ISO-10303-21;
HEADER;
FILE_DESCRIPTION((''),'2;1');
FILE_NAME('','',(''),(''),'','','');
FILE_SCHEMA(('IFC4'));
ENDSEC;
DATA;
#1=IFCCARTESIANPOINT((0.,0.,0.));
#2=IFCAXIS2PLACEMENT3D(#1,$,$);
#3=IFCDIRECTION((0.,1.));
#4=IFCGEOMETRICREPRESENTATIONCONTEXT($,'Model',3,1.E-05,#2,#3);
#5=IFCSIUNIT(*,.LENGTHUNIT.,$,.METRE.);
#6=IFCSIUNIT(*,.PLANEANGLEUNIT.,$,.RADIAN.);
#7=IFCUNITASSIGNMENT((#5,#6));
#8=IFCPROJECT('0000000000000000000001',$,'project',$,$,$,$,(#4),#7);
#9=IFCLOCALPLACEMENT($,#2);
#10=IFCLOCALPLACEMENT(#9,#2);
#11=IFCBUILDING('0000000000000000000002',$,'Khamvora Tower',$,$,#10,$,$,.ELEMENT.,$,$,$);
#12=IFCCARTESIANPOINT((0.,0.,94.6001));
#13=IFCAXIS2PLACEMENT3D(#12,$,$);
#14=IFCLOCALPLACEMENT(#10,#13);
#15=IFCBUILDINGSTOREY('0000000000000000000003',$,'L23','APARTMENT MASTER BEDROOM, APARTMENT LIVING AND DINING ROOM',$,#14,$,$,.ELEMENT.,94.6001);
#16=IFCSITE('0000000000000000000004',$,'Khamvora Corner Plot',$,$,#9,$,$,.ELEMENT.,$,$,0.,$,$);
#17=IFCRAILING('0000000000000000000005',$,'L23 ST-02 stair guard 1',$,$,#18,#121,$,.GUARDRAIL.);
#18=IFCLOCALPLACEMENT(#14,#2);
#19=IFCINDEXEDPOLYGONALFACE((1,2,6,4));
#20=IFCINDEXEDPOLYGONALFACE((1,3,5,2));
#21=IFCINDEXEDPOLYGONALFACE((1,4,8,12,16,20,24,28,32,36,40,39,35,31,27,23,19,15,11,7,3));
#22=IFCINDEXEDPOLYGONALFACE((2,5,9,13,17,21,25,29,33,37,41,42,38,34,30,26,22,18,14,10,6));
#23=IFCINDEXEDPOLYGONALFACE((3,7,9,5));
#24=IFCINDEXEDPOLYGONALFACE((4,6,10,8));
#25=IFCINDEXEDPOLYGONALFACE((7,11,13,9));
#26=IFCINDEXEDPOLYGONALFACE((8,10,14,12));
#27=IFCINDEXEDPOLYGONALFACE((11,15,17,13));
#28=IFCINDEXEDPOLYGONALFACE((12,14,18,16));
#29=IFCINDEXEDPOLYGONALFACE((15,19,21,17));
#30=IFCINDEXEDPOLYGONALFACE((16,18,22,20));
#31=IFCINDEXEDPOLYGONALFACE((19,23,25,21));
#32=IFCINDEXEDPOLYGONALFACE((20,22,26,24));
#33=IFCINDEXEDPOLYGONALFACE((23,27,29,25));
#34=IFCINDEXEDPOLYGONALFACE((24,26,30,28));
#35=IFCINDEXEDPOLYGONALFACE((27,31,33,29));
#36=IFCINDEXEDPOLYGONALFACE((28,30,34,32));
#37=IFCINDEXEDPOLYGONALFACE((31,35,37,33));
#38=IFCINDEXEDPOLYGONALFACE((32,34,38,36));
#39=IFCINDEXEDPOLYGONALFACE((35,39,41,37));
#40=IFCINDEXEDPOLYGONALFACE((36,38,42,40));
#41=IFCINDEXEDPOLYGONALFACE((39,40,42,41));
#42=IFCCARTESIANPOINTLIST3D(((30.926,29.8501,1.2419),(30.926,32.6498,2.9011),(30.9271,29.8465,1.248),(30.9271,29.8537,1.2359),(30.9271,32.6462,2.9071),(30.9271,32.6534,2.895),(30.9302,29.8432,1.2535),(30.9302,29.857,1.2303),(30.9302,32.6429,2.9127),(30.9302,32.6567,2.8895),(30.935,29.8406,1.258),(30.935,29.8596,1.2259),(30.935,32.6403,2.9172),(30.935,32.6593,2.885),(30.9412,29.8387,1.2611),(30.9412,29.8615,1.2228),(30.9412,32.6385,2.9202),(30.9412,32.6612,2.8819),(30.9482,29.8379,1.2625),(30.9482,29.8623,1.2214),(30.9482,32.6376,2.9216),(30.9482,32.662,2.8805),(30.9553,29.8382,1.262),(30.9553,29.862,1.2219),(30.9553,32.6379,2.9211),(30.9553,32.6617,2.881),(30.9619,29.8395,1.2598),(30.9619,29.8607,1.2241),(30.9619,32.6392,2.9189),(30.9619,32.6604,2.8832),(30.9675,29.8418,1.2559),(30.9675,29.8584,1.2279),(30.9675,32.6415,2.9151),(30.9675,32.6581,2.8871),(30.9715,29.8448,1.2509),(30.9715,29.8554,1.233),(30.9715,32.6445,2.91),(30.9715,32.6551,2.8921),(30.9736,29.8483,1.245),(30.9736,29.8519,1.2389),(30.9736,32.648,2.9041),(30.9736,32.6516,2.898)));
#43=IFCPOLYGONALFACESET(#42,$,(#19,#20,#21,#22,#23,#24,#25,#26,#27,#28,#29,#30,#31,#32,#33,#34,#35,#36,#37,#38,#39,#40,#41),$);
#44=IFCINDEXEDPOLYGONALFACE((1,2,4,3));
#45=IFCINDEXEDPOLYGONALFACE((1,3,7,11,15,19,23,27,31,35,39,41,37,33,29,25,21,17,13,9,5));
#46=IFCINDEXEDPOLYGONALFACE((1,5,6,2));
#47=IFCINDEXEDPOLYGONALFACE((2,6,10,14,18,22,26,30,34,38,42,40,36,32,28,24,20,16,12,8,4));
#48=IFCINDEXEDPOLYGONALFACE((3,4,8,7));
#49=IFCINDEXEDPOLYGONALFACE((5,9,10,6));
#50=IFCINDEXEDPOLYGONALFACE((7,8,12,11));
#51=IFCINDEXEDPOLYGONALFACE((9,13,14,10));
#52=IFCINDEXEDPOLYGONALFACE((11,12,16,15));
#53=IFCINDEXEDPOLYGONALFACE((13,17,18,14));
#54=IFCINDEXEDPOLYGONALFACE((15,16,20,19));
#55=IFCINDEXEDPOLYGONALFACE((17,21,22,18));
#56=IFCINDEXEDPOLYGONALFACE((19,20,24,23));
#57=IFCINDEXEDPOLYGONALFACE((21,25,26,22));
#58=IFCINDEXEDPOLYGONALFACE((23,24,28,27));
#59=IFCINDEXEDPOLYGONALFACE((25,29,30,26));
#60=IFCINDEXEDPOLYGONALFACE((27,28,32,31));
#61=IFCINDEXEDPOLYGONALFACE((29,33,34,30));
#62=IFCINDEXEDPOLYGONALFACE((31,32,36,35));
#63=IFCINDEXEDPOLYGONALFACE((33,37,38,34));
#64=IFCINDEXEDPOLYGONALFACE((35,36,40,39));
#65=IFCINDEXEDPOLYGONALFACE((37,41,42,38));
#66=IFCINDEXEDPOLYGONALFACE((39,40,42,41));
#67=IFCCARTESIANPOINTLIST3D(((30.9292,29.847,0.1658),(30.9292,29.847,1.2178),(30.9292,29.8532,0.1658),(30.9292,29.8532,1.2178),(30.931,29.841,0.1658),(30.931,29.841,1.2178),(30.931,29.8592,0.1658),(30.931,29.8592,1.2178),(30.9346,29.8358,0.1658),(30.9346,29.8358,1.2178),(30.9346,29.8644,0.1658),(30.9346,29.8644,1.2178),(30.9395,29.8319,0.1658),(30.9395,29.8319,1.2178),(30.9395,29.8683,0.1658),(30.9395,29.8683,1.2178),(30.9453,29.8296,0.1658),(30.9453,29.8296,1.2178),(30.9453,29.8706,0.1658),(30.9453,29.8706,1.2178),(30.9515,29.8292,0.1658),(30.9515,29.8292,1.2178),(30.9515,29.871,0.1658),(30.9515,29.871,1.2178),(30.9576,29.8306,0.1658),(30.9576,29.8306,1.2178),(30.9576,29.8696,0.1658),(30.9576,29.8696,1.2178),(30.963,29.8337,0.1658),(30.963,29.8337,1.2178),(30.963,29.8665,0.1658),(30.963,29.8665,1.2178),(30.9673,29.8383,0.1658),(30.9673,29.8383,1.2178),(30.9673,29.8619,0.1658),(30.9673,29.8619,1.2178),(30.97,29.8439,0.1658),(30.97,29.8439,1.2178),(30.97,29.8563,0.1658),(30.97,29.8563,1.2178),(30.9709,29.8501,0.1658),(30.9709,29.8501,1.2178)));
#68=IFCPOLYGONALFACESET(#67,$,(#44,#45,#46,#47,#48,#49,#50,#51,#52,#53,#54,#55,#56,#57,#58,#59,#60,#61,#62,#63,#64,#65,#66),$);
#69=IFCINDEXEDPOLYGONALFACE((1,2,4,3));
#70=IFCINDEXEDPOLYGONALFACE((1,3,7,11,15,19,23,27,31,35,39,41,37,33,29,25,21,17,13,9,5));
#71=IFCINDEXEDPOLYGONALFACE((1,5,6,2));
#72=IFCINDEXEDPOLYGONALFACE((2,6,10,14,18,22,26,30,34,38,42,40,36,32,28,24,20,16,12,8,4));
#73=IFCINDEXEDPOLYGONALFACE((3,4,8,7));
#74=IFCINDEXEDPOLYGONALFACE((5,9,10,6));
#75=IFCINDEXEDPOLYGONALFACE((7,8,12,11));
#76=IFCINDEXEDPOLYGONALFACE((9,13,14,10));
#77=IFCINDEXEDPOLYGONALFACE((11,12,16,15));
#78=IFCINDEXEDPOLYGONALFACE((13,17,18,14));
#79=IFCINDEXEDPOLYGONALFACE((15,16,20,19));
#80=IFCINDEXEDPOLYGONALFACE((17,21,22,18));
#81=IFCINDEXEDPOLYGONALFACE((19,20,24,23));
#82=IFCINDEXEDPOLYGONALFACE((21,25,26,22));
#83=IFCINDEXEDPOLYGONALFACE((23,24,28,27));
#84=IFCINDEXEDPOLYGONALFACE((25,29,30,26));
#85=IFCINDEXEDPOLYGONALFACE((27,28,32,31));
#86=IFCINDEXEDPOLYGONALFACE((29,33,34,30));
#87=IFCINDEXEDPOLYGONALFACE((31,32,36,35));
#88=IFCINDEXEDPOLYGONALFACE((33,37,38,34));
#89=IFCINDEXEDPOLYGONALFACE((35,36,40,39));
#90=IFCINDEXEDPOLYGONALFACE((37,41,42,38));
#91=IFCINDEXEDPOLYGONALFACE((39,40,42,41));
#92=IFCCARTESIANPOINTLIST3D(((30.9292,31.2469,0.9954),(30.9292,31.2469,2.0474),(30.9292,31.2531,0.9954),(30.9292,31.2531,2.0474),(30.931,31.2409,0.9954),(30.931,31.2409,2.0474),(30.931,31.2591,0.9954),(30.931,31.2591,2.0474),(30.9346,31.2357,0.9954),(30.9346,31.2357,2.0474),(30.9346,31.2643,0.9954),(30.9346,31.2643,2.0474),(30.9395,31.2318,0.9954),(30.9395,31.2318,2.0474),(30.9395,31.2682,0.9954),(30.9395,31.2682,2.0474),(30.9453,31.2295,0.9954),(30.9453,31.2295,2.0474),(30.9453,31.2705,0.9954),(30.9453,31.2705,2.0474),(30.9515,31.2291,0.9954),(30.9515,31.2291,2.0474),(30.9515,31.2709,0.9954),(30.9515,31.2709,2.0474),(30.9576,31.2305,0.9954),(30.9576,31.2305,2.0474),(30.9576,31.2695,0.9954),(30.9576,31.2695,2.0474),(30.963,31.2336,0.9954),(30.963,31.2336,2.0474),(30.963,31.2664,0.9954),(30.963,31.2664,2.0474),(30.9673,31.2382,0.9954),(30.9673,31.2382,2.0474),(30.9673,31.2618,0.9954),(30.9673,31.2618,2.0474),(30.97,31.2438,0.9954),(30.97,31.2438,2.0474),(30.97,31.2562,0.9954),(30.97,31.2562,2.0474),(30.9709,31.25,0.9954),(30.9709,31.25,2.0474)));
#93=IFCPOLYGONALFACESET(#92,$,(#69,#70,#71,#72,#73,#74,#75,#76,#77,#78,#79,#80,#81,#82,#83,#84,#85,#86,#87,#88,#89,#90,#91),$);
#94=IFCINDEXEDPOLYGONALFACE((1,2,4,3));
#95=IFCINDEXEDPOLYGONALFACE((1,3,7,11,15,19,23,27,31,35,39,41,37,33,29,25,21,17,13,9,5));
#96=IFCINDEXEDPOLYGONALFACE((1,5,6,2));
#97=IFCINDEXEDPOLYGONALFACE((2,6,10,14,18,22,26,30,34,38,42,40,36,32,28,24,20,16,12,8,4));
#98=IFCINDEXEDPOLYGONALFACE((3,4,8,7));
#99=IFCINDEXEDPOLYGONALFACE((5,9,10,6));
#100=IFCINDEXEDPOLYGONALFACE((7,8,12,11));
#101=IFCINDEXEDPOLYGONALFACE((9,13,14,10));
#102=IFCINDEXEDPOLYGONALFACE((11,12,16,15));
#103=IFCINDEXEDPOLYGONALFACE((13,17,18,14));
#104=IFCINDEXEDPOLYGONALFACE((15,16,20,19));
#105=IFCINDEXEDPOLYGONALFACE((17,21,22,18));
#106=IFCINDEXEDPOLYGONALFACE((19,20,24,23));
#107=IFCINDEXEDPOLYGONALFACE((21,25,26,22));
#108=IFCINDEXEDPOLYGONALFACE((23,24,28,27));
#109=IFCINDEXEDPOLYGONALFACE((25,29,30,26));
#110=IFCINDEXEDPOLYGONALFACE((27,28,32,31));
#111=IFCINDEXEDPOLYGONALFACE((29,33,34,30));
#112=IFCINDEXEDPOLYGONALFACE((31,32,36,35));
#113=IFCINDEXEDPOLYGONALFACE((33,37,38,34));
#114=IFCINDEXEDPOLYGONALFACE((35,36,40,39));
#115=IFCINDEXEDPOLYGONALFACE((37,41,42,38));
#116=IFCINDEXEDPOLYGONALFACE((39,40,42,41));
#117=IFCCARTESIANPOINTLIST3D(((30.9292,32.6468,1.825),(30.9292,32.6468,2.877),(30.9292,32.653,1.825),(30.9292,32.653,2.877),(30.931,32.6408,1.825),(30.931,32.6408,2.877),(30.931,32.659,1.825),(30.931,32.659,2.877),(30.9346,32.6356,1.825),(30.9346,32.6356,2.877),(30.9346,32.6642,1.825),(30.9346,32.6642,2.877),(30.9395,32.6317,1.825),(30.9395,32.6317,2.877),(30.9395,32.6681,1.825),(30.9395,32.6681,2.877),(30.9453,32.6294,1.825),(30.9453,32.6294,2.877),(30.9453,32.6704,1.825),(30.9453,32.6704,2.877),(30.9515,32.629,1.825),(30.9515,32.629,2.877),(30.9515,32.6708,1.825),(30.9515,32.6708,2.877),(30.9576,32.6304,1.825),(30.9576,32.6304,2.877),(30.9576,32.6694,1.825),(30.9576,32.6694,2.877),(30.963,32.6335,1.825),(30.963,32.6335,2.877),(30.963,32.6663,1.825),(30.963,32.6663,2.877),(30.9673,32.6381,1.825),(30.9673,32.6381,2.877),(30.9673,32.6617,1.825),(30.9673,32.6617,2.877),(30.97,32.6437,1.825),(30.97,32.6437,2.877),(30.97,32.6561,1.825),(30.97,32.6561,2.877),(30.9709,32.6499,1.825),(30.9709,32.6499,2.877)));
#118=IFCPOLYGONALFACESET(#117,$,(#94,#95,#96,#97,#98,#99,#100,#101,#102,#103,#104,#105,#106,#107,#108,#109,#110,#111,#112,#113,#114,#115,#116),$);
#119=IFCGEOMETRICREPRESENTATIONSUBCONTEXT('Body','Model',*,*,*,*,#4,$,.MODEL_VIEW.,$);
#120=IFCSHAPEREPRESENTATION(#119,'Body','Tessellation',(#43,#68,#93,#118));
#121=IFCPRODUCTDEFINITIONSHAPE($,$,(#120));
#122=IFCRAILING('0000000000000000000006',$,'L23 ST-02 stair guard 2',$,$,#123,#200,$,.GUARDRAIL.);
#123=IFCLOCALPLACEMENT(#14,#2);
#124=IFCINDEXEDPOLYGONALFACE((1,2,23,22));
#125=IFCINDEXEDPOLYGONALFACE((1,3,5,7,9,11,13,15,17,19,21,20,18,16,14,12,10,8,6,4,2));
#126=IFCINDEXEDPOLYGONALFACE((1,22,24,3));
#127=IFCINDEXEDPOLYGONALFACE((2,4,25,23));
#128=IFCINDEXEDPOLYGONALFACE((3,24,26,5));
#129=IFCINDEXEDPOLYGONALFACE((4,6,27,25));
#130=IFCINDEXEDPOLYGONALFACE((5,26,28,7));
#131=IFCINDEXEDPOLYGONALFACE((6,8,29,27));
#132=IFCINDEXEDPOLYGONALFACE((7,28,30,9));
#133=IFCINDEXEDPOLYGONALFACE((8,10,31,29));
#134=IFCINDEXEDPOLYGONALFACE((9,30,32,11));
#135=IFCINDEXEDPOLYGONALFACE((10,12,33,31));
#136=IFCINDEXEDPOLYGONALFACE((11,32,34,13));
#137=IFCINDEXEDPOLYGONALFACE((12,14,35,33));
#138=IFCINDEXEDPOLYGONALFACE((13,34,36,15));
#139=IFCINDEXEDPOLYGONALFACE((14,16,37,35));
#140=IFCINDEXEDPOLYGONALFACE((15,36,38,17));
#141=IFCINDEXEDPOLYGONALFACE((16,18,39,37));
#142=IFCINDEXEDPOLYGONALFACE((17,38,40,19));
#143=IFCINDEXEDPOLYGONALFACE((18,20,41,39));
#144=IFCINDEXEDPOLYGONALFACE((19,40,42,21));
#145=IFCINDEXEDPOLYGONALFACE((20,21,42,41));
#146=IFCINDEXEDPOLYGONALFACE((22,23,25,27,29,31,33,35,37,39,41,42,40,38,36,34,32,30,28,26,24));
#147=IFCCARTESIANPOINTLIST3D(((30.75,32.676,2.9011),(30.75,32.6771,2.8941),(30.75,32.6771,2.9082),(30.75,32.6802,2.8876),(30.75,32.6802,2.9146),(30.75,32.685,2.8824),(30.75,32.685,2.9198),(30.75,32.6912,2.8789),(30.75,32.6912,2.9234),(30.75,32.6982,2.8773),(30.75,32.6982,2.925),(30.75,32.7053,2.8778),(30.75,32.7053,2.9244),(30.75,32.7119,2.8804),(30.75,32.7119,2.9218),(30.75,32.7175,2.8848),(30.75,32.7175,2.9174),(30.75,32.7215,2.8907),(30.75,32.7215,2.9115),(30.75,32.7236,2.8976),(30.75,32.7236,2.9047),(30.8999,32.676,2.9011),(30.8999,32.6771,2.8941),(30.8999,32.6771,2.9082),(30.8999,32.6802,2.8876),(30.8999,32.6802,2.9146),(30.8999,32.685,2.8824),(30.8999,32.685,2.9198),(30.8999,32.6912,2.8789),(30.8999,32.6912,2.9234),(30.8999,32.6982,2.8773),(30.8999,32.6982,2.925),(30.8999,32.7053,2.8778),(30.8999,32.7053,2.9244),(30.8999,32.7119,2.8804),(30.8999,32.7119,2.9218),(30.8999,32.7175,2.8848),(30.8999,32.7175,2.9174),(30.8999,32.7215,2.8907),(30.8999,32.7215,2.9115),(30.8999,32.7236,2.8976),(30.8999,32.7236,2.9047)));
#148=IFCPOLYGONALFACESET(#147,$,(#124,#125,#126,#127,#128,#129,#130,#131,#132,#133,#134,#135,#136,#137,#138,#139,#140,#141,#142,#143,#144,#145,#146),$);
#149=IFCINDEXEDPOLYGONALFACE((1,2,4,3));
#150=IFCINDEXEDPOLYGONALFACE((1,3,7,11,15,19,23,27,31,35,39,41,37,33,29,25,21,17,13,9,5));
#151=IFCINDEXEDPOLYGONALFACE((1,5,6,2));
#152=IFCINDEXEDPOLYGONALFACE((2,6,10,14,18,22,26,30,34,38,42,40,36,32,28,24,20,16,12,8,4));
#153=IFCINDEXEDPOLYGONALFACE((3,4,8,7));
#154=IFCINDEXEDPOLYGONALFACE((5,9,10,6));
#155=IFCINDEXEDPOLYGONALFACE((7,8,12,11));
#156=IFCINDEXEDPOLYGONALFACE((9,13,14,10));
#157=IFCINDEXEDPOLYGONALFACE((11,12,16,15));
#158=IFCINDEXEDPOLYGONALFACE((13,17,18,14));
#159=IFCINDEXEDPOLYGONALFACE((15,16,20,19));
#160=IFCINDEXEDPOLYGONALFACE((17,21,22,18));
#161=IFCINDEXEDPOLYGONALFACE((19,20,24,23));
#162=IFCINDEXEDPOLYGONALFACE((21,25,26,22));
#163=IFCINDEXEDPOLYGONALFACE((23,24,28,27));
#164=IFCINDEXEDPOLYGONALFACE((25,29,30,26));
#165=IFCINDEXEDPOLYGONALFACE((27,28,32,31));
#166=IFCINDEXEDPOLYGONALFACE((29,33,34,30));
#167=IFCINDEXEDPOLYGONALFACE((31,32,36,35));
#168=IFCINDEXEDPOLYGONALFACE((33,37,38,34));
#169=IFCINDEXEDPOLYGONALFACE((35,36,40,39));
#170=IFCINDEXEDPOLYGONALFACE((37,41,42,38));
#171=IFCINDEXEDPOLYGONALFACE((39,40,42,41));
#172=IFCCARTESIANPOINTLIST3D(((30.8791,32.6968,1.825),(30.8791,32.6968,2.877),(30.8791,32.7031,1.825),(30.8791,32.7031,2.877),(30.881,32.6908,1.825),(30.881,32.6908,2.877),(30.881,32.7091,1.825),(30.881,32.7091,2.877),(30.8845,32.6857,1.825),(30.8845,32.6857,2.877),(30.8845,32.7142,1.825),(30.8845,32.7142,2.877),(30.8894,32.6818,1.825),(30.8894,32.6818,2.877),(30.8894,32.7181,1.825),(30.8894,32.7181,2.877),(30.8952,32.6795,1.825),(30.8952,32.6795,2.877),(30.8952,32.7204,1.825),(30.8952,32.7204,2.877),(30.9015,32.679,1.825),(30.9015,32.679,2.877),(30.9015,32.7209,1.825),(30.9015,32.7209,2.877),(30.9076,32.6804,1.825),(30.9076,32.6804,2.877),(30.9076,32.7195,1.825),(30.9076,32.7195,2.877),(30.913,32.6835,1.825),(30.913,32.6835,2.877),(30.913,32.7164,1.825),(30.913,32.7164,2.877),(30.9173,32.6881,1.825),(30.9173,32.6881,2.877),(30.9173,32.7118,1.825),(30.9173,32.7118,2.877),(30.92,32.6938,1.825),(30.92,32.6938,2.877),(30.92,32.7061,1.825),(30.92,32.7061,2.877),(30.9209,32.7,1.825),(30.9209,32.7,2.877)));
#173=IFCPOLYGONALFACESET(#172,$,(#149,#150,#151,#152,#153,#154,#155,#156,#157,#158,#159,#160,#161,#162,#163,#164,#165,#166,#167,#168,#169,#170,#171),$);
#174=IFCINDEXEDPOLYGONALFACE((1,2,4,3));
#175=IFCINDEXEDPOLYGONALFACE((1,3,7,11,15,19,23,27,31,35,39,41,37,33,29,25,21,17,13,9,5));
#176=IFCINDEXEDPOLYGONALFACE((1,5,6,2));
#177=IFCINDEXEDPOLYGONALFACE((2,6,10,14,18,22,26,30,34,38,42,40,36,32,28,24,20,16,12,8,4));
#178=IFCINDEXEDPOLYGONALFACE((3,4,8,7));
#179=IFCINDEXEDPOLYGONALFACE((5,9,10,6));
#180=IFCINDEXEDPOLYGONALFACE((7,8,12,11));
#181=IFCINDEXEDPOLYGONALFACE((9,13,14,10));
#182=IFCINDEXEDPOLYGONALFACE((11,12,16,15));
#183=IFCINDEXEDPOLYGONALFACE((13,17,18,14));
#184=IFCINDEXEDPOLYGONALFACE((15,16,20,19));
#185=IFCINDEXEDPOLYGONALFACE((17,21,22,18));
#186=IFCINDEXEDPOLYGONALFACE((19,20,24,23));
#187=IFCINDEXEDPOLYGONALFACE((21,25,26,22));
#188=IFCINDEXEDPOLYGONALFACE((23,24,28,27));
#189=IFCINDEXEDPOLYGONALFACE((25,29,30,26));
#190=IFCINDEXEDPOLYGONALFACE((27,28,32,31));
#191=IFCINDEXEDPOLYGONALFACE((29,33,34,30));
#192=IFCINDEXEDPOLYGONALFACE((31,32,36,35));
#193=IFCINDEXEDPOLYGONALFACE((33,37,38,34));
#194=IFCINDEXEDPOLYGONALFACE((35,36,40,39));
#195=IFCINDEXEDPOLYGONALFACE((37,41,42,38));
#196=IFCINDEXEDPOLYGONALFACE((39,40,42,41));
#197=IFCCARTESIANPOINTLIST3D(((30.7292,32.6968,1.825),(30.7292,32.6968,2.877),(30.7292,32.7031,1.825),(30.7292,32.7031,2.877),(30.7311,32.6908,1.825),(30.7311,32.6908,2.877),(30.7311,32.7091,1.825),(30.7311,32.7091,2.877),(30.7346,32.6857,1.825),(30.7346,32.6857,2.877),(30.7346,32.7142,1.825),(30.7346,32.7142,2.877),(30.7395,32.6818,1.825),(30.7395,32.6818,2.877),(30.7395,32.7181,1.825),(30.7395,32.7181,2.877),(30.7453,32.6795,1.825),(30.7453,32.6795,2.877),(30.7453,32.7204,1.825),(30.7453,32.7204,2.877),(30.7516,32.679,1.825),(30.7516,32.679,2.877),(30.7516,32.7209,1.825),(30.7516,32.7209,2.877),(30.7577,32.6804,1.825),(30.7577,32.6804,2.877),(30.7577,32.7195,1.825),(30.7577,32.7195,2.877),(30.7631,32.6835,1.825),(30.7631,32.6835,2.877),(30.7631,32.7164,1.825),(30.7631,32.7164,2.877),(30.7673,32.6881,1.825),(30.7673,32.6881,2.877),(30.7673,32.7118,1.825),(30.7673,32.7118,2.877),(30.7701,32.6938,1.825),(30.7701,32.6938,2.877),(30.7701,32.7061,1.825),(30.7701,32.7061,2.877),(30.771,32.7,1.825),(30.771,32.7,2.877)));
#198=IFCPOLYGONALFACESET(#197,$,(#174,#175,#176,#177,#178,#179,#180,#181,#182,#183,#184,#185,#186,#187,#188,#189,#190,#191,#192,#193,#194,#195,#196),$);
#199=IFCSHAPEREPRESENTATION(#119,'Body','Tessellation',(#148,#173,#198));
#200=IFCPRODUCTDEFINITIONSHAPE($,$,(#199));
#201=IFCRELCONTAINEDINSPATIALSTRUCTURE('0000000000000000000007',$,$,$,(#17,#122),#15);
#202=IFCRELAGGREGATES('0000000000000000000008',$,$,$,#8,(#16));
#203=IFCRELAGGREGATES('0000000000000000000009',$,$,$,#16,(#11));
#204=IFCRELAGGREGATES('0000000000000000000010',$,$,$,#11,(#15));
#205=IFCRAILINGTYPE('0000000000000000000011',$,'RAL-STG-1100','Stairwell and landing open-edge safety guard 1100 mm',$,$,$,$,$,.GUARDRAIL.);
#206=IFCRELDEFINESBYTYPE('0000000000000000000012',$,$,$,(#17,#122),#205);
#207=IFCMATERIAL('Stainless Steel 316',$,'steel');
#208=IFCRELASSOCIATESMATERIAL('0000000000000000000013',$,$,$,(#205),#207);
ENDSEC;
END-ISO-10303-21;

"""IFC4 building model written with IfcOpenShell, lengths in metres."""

from ifc_helpers import new_model, si_unit, direction, frame, origin, origin_2d, place, context, subcontext, project, spatial, circle, extrude, material, type_object, element, save


model = new_model("IFC4")

# Units and contexts
model_context = context("Model", 3, precision=1e-05, world=origin(), true_north=direction((0.0, 1.0)))
body_context = subcontext(model_context, "Body", "Model", "MODEL_VIEW")
ifc_project = project(units=[si_unit("LENGTHUNIT", "METRE"), si_unit("PLANEANGLEUNIT", "RADIAN")], contexts=[model_context])

# Site, building, storey
site_placement = place(None, origin())
site = spatial("IfcSite", under=ifc_project, at=site_placement, Name="Khamvora Corner Plot", CompositionType="ELEMENT", RefElevation=0.0)
building_placement = place(site_placement, origin())
building = spatial("IfcBuilding", under=site, at=building_placement, Name="Khamvora Tower", CompositionType="ELEMENT")
storey_placement = place(building_placement, frame((0.0, 0.0, 94.6001)))
storey = spatial("IfcBuildingStorey", under=building, at=storey_placement, Name="L23", Description="APARTMENT MASTER BEDROOM, APARTMENT LIVING AND DINING ROOM", CompositionType="ELEMENT", Elevation=94.6001)

# Railings
ifc_material_1 = material(Name="Stainless Steel 316", Category="steel")
railing_type_1 = type_object("IfcRailingType", Name="RAL-STG-1100", Description="Stairwell and landing open-edge safety guard 1100 mm", PredefinedType="GUARDRAIL", material=ifc_material_1)
railing_1_placement = place(storey_placement, frame((30.95, 29.8501, 0.1658)))
element("IfcRailing", 1, at=railing_1_placement, inside=storey, type_object=railing_type_1, Name="L23 ST-02 stair guard 1", PredefinedType="GUARDRAIL", context=body_context, shape_type="SweptSolid", body=[
    extrude(circle(Radius=0.0239, at=origin_2d()), frame((0.0, 0.0, 1.0762), z_axis=(0.0, 0.860287, 0.509811), x_axis=(-1.0, 0.0, 0.0)), (0.0, 0.0, 1.0), 3.2544),
    extrude(circle(Radius=0.021, at=origin_2d()), origin(), (0.0, 0.0, 1.0), 1.052),
    extrude(circle(Radius=0.021, at=origin_2d()), frame((0.0, 1.3999, 0.8296)), (0.0, 0.0, 1.0), 1.052),
    extrude(circle(Radius=0.021, at=origin_2d()), frame((0.0, 2.7998, 1.6592)), (0.0, 0.0, 1.0), 1.052),
])
railing_2_placement = place(storey_placement, frame((30.8999, 32.7, 1.825)))
element("IfcRailing", 2, at=railing_2_placement, inside=storey, type_object=railing_type_1, Name="L23 ST-02 stair guard 2", PredefinedType="GUARDRAIL", context=body_context, shape_type="SweptSolid", body=[
    extrude(circle(Radius=0.0239, at=origin_2d()), frame((0.0, 0.0, 1.0762), z_axis=(-1.0, 0.0, 0.0), x_axis=(0.0, -1.0, 0.0)), (0.0, 0.0, 1.0), 0.1499),
    extrude(circle(Radius=0.021, at=origin_2d()), origin(), (0.0, 0.0, 1.0), 1.052),
    extrude(circle(Radius=0.021, at=origin_2d()), frame((-0.1499, 0.0, 0.0)), (0.0, 0.0, 1.0), 1.052),
])

save(model, "model.ifc")
